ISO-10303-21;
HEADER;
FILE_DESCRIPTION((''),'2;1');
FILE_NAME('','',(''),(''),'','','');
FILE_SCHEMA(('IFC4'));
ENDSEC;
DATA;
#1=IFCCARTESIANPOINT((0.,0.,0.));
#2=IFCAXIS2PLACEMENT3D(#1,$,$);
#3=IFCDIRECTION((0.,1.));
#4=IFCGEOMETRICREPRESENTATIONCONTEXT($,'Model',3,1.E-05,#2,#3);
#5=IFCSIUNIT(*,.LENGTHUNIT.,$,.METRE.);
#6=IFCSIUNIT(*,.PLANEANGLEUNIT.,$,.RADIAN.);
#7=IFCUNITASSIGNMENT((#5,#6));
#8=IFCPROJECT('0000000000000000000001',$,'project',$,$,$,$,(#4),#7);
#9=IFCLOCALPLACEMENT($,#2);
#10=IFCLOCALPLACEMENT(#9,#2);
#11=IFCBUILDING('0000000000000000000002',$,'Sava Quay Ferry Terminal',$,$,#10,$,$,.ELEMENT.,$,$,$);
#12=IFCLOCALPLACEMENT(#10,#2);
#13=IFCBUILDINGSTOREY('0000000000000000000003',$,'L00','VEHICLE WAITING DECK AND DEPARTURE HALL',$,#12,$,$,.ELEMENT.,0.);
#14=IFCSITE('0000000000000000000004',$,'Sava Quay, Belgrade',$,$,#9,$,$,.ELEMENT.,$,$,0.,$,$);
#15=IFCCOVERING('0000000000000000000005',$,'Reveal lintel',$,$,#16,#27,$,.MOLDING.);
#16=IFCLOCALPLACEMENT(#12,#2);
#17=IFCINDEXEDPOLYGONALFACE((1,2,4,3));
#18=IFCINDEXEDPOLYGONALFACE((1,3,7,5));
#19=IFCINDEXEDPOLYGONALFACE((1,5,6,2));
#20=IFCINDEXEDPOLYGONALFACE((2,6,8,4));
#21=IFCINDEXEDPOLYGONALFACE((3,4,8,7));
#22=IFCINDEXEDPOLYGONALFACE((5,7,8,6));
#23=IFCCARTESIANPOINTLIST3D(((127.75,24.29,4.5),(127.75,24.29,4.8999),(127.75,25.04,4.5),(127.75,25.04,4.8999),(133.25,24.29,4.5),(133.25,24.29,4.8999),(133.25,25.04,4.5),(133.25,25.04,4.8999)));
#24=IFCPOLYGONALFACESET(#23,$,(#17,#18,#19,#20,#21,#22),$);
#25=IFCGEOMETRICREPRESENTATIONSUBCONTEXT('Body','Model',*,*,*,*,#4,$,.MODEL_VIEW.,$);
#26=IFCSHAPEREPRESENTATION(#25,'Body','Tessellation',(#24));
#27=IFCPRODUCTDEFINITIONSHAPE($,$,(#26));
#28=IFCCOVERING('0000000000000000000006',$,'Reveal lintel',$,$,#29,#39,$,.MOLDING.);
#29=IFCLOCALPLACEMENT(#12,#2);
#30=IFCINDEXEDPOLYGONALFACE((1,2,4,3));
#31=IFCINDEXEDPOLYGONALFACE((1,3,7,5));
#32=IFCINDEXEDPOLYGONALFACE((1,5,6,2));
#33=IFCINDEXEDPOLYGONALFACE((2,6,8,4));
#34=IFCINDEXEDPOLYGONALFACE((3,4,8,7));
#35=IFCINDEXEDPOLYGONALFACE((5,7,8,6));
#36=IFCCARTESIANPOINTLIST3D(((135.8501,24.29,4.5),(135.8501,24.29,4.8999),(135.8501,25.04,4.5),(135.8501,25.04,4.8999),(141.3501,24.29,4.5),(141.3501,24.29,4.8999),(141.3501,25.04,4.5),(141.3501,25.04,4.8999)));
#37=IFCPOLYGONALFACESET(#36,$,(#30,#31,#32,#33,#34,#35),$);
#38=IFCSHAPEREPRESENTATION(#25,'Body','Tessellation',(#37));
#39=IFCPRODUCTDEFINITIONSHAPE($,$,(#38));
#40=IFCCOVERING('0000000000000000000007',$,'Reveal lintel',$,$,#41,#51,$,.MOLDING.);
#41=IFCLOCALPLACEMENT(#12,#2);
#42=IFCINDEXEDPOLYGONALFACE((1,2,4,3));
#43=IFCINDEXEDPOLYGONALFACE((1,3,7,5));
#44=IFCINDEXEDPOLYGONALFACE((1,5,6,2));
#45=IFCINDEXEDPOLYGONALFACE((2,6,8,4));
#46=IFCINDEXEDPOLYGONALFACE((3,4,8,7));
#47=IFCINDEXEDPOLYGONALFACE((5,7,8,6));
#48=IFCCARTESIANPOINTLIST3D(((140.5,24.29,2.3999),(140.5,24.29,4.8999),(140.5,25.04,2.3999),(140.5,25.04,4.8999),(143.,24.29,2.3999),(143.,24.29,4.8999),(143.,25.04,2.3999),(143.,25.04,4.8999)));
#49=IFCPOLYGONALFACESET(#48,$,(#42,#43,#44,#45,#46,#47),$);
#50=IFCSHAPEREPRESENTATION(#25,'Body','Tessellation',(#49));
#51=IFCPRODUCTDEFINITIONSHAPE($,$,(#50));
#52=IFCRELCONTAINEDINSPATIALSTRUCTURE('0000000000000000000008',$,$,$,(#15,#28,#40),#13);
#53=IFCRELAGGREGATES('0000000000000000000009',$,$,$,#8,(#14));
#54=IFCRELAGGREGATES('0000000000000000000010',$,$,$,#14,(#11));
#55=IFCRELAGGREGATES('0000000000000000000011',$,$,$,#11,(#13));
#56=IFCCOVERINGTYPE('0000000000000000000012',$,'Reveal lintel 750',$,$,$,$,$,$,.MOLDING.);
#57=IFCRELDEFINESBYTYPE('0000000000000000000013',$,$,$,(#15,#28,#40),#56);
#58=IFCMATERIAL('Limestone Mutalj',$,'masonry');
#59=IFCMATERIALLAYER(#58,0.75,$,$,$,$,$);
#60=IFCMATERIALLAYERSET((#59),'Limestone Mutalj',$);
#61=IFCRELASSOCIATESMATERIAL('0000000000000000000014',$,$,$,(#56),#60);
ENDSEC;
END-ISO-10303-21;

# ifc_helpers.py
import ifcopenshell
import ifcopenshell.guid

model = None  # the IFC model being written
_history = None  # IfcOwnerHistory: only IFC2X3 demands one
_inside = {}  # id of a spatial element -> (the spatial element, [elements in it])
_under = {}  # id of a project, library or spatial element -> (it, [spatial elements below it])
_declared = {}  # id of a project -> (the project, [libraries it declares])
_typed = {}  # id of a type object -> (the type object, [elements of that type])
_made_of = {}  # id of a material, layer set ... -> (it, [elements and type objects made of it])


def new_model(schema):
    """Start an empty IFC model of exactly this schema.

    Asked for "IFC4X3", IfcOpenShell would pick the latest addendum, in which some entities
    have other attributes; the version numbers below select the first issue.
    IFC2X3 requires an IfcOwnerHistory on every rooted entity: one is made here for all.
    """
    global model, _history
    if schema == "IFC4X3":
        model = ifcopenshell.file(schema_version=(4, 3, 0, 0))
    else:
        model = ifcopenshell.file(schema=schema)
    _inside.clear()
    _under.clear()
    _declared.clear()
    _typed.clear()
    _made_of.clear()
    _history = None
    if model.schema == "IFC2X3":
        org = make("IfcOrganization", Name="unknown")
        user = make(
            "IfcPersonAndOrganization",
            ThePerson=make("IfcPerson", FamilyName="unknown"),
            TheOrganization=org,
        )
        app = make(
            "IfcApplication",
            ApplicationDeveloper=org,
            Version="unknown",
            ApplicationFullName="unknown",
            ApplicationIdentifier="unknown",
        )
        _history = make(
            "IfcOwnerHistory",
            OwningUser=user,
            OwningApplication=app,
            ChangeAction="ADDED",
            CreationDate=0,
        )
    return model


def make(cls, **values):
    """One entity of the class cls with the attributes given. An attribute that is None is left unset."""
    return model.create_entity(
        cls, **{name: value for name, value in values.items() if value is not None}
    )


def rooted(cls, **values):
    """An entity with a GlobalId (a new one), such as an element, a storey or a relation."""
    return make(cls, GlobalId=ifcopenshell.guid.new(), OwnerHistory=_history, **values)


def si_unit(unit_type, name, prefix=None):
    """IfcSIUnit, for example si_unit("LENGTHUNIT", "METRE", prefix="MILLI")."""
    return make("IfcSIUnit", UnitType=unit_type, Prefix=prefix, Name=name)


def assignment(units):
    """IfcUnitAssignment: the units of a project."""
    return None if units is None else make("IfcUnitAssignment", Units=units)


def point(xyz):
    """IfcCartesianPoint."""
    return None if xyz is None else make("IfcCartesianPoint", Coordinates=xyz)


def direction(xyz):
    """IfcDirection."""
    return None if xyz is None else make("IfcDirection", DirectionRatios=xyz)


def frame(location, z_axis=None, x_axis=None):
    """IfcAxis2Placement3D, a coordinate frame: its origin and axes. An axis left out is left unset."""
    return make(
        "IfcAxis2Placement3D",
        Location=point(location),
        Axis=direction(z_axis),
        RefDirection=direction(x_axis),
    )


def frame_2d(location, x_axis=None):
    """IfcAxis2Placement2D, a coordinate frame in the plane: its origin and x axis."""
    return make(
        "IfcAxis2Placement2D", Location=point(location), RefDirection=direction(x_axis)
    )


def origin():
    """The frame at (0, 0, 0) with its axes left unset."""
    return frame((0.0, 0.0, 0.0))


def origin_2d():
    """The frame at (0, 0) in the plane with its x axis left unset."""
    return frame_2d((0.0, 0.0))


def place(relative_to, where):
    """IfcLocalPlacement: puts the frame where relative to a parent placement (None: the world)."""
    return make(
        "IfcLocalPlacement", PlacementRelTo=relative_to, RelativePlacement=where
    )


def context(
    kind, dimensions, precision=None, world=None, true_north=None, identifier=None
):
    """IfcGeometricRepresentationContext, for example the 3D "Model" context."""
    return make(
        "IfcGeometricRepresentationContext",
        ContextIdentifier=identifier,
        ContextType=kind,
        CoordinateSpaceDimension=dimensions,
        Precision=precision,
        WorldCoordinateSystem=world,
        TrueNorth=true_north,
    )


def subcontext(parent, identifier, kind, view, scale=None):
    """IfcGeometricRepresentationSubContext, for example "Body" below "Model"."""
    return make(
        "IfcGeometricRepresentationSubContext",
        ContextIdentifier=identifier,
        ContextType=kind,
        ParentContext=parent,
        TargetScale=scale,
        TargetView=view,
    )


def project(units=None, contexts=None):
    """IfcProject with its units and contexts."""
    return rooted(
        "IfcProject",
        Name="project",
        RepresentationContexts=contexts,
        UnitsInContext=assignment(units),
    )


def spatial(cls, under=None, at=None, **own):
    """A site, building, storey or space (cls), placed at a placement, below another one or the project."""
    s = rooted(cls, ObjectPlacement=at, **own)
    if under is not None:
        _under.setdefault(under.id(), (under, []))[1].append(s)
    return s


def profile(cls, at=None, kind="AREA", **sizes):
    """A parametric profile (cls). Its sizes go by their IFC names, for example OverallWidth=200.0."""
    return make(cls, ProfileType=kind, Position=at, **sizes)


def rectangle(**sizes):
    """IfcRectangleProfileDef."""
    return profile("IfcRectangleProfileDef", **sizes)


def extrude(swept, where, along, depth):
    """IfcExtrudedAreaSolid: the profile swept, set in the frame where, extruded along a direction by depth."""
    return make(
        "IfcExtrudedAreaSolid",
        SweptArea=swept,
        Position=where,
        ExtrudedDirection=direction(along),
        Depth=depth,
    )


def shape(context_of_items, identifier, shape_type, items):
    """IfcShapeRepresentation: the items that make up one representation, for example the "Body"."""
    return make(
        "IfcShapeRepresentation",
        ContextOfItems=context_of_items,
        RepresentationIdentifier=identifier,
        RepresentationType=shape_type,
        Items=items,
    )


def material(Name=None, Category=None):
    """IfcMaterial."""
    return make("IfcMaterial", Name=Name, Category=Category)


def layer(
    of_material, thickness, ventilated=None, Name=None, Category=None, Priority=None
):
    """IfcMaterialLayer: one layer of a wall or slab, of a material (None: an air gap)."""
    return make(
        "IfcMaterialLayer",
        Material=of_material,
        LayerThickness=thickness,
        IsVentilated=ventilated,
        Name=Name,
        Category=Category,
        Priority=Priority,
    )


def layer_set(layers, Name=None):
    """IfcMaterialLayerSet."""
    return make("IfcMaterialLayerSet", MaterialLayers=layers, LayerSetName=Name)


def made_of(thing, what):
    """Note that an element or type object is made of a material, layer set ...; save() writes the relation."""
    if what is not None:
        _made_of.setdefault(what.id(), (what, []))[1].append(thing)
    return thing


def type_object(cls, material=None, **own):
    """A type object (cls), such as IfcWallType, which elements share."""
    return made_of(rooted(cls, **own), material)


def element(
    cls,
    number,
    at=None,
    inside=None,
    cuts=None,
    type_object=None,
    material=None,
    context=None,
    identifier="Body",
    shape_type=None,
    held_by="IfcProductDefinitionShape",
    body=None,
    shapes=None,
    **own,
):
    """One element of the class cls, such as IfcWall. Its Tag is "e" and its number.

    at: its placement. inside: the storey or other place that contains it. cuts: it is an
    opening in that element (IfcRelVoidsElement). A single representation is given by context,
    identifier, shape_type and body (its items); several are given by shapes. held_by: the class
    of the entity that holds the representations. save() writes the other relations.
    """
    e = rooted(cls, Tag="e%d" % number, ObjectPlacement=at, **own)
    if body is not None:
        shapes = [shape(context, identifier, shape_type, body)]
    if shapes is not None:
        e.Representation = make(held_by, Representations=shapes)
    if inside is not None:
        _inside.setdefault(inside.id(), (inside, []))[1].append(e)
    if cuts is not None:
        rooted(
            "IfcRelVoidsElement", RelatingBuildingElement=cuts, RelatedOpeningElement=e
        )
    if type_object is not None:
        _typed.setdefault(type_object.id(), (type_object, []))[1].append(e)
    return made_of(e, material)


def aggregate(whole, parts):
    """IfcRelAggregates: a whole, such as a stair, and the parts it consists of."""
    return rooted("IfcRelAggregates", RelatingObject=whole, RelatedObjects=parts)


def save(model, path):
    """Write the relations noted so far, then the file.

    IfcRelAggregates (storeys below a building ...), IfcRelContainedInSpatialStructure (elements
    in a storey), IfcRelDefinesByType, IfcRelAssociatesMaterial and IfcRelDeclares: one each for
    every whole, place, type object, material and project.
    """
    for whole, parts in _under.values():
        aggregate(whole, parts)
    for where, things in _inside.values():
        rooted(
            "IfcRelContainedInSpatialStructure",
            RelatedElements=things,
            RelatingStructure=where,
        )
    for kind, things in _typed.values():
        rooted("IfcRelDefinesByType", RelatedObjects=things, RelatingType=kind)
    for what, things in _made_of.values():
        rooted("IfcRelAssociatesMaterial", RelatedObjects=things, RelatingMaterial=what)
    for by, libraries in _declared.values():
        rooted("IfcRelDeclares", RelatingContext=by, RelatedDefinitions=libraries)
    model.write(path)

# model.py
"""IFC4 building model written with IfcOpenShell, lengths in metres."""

from ifc_helpers import new_model, si_unit, direction, frame, origin, origin_2d, place, context, subcontext, project, spatial, rectangle, extrude, material, layer, layer_set, type_object, element, save


model = new_model("IFC4")

# Units and contexts
model_context = context("Model", 3, precision=1e-05, world=origin(), true_north=direction((0.0, 1.0)))
body_context = subcontext(model_context, "Body", "Model", "MODEL_VIEW")
ifc_project = project(units=[si_unit("LENGTHUNIT", "METRE"), si_unit("PLANEANGLEUNIT", "RADIAN")], contexts=[model_context])

# Site, building, storey
site_placement = place(None, origin())
site = spatial("IfcSite", under=ifc_project, at=site_placement, Name="Sava Quay, Belgrade", CompositionType="ELEMENT", RefElevation=0.0)
building_placement = place(site_placement, origin())
building = spatial("IfcBuilding", under=site, at=building_placement, Name="Sava Quay Ferry Terminal", CompositionType="ELEMENT")
storey_placement = place(building_placement, origin())
storey = spatial("IfcBuildingStorey", under=building, at=storey_placement, Name="L00", Description="VEHICLE WAITING DECK AND DEPARTURE HALL", CompositionType="ELEMENT", Elevation=0.0)

# Coverings
ifc_material_1 = material(Name="Limestone Mutalj", Category="masonry")
ifc_layer_1 = layer(ifc_material_1, 0.75)
ifc_layer_set_1 = layer_set([ifc_layer_1], Name="Limestone Mutalj")
covering_type_1 = type_object("IfcCoveringType", Name="Reveal lintel 750", PredefinedType="MOLDING", material=ifc_layer_set_1)
for number, where, z_axis, x_axis, name in (
    (1, (130.5, 24.665, 4.5), (0.0, 0.0, 1.0), (1.0, 0.0, 0.0), "Reveal lintel"),
    (2, (138.6001, 24.665, 4.5), (0.0, 0.0, 1.0), (1.0, 0.0, 0.0), "Reveal lintel"),
):
    element("IfcCovering", number, at=place(storey_placement, frame(where, z_axis=z_axis, x_axis=x_axis)), inside=storey, type_object=covering_type_1, Name=name, PredefinedType="MOLDING", context=body_context, shape_type="SweptSolid", body=[
        extrude(rectangle(XDim=5.5, YDim=0.75, at=origin_2d()), origin(), (0.0, 0.0, 1.0), 0.3999),
    ])
covering_1_placement = place(storey_placement, frame((141.75, 24.665, 2.3999), z_axis=(0.0, 0.0, 1.0), x_axis=(1.0, 0.0, 0.0)))
element("IfcCovering", 3, at=covering_1_placement, inside=storey, type_object=covering_type_1, Name="Reveal lintel", PredefinedType="MOLDING", context=body_context, shape_type="SweptSolid", body=[
    extrude(rectangle(XDim=2.5, YDim=0.75, at=origin_2d()), origin(), (0.0, 0.0, 1.0), 2.5),
])

save(model, "model.ifc")
